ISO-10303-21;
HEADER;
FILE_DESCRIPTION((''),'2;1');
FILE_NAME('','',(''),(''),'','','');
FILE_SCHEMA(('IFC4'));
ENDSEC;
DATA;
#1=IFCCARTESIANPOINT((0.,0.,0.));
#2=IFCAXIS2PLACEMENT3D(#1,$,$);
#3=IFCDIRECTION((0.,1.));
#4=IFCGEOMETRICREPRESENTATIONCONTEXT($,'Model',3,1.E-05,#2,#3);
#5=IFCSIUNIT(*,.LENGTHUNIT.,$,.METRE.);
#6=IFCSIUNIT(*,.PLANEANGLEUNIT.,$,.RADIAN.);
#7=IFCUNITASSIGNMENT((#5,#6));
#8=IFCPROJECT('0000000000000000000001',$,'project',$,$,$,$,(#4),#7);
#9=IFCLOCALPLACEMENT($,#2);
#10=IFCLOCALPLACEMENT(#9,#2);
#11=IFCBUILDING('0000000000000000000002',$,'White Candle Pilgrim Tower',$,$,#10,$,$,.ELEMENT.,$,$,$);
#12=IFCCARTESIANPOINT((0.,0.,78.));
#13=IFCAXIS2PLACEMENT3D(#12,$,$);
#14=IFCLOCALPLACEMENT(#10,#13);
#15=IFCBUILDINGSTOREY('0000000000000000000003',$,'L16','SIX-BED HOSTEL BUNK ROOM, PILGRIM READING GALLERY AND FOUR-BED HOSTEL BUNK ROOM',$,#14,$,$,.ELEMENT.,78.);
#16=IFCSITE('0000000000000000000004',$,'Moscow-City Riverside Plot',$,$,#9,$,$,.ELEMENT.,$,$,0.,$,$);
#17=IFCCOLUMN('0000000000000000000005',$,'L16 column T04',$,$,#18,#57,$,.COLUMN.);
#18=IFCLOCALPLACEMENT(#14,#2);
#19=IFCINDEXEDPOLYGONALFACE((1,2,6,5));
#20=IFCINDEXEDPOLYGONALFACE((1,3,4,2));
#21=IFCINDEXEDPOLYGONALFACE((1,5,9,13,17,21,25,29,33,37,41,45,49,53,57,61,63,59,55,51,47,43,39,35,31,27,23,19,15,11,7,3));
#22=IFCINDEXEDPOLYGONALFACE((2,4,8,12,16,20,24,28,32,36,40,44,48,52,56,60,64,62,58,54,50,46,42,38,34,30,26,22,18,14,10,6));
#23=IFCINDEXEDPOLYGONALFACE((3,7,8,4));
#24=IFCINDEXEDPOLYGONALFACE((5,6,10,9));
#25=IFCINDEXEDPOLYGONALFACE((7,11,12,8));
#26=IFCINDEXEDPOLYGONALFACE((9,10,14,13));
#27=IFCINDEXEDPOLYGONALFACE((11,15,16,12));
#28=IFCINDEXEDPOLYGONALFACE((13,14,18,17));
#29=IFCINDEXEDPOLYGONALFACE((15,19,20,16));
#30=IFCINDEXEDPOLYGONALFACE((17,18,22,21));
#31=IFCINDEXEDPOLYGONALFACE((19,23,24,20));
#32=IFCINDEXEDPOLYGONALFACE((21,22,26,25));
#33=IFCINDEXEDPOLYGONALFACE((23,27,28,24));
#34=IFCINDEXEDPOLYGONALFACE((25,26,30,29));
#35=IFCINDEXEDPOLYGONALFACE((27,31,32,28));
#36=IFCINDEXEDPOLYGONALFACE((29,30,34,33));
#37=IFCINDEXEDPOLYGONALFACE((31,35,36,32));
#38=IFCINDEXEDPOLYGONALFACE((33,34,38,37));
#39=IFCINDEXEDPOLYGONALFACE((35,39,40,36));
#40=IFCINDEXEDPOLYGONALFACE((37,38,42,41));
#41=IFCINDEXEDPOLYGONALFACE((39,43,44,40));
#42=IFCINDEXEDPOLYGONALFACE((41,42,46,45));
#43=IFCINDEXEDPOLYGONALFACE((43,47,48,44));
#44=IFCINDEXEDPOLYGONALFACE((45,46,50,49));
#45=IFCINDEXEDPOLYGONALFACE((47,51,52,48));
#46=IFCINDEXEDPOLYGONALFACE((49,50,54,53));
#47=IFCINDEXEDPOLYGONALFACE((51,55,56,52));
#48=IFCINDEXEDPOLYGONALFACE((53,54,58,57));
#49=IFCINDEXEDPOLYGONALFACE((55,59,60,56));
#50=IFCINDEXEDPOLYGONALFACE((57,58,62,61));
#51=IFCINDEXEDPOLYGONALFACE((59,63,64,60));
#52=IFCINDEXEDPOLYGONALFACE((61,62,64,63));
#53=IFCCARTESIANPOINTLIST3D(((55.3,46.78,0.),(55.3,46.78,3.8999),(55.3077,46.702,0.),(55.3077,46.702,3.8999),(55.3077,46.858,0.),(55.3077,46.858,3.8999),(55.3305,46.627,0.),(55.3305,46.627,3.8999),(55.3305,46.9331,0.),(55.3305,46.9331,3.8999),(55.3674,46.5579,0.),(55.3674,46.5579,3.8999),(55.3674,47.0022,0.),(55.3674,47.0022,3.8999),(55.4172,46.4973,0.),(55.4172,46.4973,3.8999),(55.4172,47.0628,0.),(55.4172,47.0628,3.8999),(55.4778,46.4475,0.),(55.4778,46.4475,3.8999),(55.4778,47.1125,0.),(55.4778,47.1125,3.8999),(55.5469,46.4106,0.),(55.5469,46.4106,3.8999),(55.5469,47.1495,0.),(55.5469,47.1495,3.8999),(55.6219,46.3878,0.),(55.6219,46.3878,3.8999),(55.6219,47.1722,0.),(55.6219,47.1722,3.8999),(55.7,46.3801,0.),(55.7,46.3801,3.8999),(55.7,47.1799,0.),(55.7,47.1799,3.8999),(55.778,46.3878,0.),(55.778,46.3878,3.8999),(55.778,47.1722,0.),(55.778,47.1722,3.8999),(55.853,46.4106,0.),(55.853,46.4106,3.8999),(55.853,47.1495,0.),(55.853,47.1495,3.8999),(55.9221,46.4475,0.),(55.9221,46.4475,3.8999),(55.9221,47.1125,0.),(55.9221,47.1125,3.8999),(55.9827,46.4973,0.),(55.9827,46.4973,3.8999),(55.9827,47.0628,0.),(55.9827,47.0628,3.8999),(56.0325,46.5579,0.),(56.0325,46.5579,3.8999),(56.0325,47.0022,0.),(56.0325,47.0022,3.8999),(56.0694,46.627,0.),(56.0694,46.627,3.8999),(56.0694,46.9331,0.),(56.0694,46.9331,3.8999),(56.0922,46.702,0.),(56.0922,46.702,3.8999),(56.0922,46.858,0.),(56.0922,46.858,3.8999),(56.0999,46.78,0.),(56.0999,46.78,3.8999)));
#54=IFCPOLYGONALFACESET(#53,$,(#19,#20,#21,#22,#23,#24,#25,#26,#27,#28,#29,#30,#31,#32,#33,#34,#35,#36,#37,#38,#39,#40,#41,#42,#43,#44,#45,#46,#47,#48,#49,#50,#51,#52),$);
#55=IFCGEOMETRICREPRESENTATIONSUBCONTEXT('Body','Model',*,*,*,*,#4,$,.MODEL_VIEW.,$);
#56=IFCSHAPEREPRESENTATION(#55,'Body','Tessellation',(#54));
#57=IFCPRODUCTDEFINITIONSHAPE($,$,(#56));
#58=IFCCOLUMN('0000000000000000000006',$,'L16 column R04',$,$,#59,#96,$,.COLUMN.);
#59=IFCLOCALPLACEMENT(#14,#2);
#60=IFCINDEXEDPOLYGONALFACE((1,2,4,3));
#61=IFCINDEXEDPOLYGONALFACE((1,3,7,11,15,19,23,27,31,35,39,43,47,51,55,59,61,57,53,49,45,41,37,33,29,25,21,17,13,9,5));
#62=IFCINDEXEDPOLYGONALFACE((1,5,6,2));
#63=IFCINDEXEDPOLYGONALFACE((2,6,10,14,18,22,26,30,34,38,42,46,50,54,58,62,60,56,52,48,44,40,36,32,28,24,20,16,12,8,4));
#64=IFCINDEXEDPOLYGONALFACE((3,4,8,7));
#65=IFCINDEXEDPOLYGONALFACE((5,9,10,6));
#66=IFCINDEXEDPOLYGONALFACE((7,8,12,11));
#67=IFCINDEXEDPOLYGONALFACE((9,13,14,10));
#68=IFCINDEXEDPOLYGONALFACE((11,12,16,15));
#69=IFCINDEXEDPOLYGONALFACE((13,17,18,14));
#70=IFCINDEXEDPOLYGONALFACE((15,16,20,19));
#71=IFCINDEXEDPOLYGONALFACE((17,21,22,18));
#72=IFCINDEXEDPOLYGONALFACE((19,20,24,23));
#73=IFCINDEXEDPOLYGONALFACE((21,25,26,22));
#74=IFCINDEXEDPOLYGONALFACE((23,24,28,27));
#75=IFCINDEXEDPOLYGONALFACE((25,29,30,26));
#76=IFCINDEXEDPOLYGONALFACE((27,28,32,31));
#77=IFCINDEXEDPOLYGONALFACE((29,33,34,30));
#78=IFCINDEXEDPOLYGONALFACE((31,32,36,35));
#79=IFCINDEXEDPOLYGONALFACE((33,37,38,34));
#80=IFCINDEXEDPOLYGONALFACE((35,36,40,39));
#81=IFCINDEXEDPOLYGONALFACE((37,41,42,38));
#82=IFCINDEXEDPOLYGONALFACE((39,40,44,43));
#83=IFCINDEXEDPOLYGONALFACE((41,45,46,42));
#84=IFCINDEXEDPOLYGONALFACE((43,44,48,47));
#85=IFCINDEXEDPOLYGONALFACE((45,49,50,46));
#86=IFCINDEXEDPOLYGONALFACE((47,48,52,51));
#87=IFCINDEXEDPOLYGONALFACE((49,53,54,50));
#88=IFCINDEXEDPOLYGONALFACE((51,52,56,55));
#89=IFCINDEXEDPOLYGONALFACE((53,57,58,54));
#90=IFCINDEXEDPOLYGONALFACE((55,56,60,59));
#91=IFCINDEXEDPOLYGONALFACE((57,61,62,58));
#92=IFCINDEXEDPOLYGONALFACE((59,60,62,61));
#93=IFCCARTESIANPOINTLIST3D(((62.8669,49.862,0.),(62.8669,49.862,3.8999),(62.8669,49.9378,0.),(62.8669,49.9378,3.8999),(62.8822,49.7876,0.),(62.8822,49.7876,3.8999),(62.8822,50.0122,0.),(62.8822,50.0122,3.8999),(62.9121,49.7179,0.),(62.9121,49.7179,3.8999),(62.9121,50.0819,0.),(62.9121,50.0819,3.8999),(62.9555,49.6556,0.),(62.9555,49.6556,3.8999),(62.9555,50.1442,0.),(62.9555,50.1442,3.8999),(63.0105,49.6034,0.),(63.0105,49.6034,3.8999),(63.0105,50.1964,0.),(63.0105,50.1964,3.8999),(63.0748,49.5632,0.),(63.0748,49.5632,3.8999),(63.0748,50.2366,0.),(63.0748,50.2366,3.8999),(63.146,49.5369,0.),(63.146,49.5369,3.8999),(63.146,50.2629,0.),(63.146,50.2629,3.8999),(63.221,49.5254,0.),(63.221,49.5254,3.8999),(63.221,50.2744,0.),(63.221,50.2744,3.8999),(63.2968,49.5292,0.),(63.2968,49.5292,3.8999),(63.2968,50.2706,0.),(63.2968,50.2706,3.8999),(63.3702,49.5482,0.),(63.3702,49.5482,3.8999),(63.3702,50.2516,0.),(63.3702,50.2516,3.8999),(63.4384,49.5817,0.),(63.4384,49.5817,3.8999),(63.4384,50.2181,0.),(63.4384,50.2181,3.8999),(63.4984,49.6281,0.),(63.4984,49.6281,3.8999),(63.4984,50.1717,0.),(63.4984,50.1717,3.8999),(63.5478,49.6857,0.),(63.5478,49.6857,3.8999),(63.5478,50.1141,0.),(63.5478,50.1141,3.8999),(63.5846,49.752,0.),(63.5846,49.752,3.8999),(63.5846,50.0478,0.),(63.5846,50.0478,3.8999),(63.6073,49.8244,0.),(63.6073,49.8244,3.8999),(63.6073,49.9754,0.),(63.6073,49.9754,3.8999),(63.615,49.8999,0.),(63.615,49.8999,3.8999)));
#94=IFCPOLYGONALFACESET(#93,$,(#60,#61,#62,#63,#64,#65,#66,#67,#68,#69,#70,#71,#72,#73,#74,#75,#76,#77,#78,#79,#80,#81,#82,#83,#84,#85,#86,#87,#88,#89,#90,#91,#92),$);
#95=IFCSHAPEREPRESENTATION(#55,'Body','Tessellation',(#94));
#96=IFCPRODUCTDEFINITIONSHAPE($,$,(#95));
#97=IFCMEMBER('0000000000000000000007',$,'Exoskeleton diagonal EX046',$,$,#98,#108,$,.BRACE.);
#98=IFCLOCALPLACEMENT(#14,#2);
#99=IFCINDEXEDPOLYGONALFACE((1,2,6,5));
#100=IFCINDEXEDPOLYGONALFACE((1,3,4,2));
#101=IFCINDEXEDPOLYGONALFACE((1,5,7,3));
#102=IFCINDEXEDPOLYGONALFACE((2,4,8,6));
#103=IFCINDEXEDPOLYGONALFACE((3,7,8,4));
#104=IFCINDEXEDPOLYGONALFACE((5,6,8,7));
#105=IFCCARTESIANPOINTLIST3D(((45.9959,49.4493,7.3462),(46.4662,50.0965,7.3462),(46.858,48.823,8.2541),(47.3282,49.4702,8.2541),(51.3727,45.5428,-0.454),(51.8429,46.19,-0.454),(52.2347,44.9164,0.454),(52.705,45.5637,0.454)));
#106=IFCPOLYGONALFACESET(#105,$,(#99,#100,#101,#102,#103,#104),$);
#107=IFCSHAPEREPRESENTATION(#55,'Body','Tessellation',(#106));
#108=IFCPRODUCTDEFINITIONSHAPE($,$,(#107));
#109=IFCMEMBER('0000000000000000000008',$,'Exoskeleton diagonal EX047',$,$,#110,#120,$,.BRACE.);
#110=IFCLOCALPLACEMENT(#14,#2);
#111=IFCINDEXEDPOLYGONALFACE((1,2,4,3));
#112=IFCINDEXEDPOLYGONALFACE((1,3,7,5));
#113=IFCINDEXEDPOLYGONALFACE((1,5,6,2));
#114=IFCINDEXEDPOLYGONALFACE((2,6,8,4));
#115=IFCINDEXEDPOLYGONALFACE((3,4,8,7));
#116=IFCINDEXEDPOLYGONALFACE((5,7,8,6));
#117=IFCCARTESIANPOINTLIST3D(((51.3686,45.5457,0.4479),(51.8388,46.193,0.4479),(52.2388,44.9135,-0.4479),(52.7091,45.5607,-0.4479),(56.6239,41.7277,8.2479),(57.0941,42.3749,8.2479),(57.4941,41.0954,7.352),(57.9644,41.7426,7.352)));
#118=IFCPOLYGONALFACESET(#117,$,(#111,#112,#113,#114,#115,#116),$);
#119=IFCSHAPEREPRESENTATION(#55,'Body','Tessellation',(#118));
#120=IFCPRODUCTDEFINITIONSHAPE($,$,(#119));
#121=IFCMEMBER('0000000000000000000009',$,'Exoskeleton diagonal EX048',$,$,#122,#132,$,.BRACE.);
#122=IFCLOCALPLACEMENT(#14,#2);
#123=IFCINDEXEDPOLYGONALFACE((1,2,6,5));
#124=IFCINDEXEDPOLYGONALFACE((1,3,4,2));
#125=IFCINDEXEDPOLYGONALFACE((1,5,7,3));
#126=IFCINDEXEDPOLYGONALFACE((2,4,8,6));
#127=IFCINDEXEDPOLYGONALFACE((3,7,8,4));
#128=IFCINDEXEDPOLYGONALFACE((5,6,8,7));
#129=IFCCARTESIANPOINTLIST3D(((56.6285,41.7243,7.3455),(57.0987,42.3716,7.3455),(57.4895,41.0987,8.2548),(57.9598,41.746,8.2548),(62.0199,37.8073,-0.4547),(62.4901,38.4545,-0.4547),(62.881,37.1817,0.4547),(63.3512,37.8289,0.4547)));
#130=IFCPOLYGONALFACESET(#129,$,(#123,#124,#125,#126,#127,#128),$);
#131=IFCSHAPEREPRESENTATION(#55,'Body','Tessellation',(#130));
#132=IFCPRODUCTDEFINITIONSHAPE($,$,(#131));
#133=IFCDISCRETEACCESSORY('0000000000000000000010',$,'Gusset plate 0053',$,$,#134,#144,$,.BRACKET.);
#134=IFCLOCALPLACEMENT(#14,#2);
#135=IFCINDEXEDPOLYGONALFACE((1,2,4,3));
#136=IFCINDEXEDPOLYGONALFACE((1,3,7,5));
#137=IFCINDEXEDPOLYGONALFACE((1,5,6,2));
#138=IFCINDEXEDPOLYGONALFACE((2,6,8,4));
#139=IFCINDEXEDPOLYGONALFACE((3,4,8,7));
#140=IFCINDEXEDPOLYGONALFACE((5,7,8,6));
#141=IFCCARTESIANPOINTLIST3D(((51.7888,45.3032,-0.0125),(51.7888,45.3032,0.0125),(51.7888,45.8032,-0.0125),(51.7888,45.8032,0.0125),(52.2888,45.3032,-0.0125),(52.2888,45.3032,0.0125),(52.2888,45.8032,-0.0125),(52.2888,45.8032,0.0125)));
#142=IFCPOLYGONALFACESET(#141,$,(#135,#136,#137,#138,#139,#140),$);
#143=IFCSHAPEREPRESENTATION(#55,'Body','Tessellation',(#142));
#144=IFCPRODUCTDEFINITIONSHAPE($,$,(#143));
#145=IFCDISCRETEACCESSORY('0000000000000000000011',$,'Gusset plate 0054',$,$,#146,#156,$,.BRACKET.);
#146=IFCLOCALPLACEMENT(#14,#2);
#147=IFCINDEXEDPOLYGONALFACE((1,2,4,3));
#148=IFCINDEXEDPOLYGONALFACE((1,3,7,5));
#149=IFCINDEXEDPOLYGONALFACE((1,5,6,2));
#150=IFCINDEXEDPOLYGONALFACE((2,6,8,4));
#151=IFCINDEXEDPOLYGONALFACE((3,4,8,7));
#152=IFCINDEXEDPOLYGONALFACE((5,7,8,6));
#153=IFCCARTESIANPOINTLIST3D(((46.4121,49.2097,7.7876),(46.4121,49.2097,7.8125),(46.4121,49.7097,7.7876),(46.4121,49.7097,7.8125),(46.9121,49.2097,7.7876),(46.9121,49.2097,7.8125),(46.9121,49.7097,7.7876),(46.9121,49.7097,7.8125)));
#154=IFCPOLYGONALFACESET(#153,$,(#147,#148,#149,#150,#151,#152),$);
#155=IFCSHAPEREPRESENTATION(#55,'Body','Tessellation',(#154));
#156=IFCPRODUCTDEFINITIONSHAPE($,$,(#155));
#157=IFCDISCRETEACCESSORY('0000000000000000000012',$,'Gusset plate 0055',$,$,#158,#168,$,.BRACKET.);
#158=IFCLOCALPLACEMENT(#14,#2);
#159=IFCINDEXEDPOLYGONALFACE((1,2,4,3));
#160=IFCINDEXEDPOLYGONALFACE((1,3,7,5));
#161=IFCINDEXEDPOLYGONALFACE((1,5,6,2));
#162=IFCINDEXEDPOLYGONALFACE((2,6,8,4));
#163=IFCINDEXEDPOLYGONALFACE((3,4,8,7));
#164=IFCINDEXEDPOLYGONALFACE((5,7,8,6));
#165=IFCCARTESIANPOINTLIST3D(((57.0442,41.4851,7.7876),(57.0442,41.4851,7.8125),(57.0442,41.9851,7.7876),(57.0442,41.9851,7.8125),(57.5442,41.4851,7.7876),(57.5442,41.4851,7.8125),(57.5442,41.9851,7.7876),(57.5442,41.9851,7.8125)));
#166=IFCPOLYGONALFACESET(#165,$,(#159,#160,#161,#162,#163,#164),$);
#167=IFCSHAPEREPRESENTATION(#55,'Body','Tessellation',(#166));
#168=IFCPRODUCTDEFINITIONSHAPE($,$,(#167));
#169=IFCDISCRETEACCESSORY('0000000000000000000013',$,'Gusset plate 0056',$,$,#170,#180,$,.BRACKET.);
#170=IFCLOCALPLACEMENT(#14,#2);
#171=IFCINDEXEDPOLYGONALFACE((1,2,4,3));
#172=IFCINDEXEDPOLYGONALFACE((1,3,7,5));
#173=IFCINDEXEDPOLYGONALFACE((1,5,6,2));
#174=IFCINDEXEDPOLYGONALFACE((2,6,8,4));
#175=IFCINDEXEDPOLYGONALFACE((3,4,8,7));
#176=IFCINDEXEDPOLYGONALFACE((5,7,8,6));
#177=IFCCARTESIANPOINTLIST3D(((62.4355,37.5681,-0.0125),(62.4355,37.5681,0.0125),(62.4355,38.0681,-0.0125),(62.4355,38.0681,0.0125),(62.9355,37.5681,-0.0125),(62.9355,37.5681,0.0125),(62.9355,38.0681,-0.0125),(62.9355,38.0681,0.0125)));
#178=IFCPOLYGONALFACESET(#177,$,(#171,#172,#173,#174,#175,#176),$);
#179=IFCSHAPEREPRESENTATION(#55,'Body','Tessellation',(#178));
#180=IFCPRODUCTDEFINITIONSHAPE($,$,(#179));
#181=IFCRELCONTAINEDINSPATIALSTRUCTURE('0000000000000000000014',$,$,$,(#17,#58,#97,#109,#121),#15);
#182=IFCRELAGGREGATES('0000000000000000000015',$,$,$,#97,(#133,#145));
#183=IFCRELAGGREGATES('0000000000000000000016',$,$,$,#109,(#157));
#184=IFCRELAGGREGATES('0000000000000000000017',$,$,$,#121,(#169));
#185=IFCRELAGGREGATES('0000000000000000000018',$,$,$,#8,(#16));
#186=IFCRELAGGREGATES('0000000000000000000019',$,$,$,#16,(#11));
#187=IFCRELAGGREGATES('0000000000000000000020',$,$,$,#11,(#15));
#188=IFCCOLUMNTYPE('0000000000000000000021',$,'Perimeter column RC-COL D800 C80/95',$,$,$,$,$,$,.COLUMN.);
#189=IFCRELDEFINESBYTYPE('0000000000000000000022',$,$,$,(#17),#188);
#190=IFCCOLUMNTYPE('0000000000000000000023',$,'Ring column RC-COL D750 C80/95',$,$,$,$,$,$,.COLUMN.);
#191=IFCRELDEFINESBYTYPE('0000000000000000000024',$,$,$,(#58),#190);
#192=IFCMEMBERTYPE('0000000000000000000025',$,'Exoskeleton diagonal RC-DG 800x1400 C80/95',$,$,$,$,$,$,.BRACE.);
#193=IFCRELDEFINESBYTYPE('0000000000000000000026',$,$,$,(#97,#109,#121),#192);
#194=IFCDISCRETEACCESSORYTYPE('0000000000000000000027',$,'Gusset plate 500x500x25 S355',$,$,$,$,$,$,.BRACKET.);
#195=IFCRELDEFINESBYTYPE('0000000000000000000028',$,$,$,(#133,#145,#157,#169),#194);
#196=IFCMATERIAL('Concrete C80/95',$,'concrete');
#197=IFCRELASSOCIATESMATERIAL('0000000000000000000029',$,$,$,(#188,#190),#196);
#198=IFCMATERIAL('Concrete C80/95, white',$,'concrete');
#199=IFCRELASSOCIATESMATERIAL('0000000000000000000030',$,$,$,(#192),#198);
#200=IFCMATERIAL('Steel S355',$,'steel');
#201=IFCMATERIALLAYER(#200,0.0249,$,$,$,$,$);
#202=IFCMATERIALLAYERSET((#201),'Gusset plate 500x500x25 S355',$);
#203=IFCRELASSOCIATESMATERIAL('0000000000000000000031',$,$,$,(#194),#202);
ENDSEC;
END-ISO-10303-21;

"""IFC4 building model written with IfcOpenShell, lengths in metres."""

from ifc_helpers import new_model, si_unit, direction, frame, origin, origin_2d, place, context, subcontext, project, spatial, rectangle, circle, extrude, material, layer, layer_set, material_profile, profile_set, type_object, element, aggregate, save


model = new_model("IFC4")

# Units and contexts
model_context = context("Model", 3, precision=1e-05, world=origin(), true_north=direction((0.0, 1.0)))
body_context = subcontext(model_context, "Body", "Model", "MODEL_VIEW")
ifc_project = project(units=[si_unit("LENGTHUNIT", "METRE"), si_unit("PLANEANGLEUNIT", "RADIAN")], contexts=[model_context])

# Site, building, storey
site_placement = place(None, origin())
site = spatial("IfcSite", under=ifc_project, at=site_placement, Name="Moscow-City Riverside Plot", CompositionType="ELEMENT", RefElevation=0.0)
building_placement = place(site_placement, origin())
building = spatial("IfcBuilding", under=site, at=building_placement, Name="White Candle Pilgrim Tower", CompositionType="ELEMENT")
storey_placement = place(building_placement, frame((0.0, 0.0, 78.0)))
storey = spatial("IfcBuildingStorey", under=building, at=storey_placement, Name="L16", Description="SIX-BED HOSTEL BUNK ROOM, PILGRIM READING GALLERY AND FOUR-BED HOSTEL BUNK ROOM", CompositionType="ELEMENT", Elevation=78.0)

# Columns
ifc_material_1 = material(Name="Concrete C80/95", Category="concrete")
ifc_material_profile_1 = material_profile(ifc_material_1, circle(Radius=0.3999, at=origin_2d()), Name="RC-COL D800")
ifc_profile_set_1 = profile_set([ifc_material_profile_1], Name="Concrete C80/95")
column_type_1 = type_object("IfcColumnType", Name="Perimeter column RC-COL D800 C80/95", PredefinedType="COLUMN", material=ifc_profile_set_1)
column_1_placement = place(storey_placement, frame((55.7, 46.78, 0.0), z_axis=(0.0, 0.0, 1.0), x_axis=(1.0, 0.0, 0.0)))
element("IfcColumn", 1, at=column_1_placement, inside=storey, type_object=column_type_1, Name="L16 column T04", PredefinedType="COLUMN", context=body_context, shape_type="SweptSolid", body=[
    extrude(circle(Radius=0.3999, at=origin_2d()), origin(), (0.0, 0.0, 1.0), 3.8999),
])
ifc_material_profile_2 = material_profile(ifc_material_1, circle(Radius=0.375, at=origin_2d()), Name="RC-COL D750")
ifc_profile_set_2 = profile_set([ifc_material_profile_2], Name="Concrete C80/95")
column_type_2 = type_object("IfcColumnType", Name="Ring column RC-COL D750 C80/95", PredefinedType="COLUMN", material=ifc_profile_set_2)
column_2_placement = place(storey_placement, frame((63.24, 49.8999, 0.0), z_axis=(0.0, 0.0, 1.0), x_axis=(1.0, 0.0, 0.0)))
element("IfcColumn", 2, at=column_2_placement, inside=storey, type_object=column_type_2, Name="L16 column R04", PredefinedType="COLUMN", context=body_context, shape_type="SweptSolid", body=[
    extrude(circle(Radius=0.375, at=origin_2d()), origin(), (0.0, 0.0, 1.0), 3.8999),
])

# Members
ifc_material_2 = material(Name="Concrete C80/95, white", Category="concrete")
ifc_material_profile_3 = material_profile(ifc_material_2, rectangle(XDim=0.8, YDim=1.3999, at=origin_2d()), Name="RC-DG 800x1400")
ifc_profile_set_3 = profile_set([ifc_material_profile_3], Name="Concrete C80/95, white")
member_type_1 = type_object("IfcMemberType", Name="Exoskeleton diagonal RC-DG 800x1400 C80/95", PredefinedType="BRACE", material=ifc_profile_set_3)
member_1_placement = place(storey_placement, frame((52.0388, 45.5532, 0.0), z_axis=(-0.524687, 0.381216, 0.761169), x_axis=(-0.587794, -0.809011, 0.0)))
member_1 = element("IfcMember", 3, at=member_1_placement, inside=storey, type_object=member_type_1, Name="Exoskeleton diagonal EX046", PredefinedType="BRACE", context=body_context, shape_type="SweptSolid", body=[
    extrude(rectangle(XDim=0.8, YDim=1.3999, at=origin_2d()), origin(), (0.0, 0.0, 1.0), 10.2476),
])
member_2_placement = place(storey_placement, frame((52.0388, 45.5532, 0.0), z_axis=(0.517732, -0.376141, 0.768421), x_axis=(0.587772, 0.809027, 0.0)))
member_2 = element("IfcMember", 4, at=member_2_placement, inside=storey, type_object=member_type_1, Name="Exoskeleton diagonal EX047", PredefinedType="BRACE", context=body_context, shape_type="SweptSolid", body=[
    extrude(rectangle(XDim=0.8, YDim=1.3999, at=origin_2d()), origin(), (0.0, 0.0, 1.0), 10.1506),
])
member_3_placement = place(storey_placement, frame((62.6855, 37.8181, 0.0), z_axis=(-0.525517, 0.381804, 0.760301), x_axis=(-0.58778, -0.809021, 0.0)))
member_3 = element("IfcMember", 5, at=member_3_placement, inside=storey, type_object=member_type_1, Name="Exoskeleton diagonal EX048", PredefinedType="BRACE", context=body_context, shape_type="SweptSolid", body=[
    extrude(rectangle(XDim=0.8, YDim=1.3999, at=origin_2d()), origin(), (0.0, 0.0, 1.0), 10.2593),
])

# Discrete accessories
ifc_material_3 = material(Name="Steel S355", Category="steel")
ifc_layer_1 = layer(ifc_material_3, 0.0249)
ifc_layer_set_1 = layer_set([ifc_layer_1], Name="Gusset plate 500x500x25 S355")
discrete_accessory_type = type_object("IfcDiscreteAccessoryType", Name="Gusset plate 500x500x25 S355", PredefinedType="BRACKET", material=ifc_layer_set_1)
discrete_accessory_1_placement = place(storey_placement, frame((52.0388, 45.5532, -0.0125), z_axis=(0.0, 0.0, 1.0), x_axis=(1.0, 0.0, 0.0)))
discrete_accessory_1 = element("IfcDiscreteAccessory", 6, at=discrete_accessory_1_placement, type_object=discrete_accessory_type, Name="Gusset plate 0053", PredefinedType="BRACKET", context=body_context, shape_type="SweptSolid", body=[
    extrude(rectangle(XDim=0.5, YDim=0.5, at=origin_2d()), origin(), (0.0, 0.0, 1.0), 0.0249),
])
placement = place(building_placement, frame((0.0, 0.0, 85.8)))
discrete_accessory_2_placement = place(placement, frame((46.6621, 49.4597, -0.0125), z_axis=(0.0, 0.0, 1.0), x_axis=(1.0, 0.0, 0.0)))
discrete_accessory_2 = element("IfcDiscreteAccessory", 7, at=discrete_accessory_2_placement, type_object=discrete_accessory_type, Name="Gusset plate 0054", PredefinedType="BRACKET", context=body_context, shape_type="SweptSolid", body=[
    extrude(rectangle(XDim=0.5, YDim=0.5, at=origin_2d()), origin(), (0.0, 0.0, 1.0), 0.0249),
])
aggregate(member_1, [discrete_accessory_1, discrete_accessory_2])
discrete_accessory_3_placement = place(placement, frame((57.2942, 41.7351, -0.0125), z_axis=(0.0, 0.0, 1.0), x_axis=(1.0, 0.0, 0.0)))
discrete_accessory_3 = element("IfcDiscreteAccessory", 8, at=discrete_accessory_3_placement, type_object=discrete_accessory_type, Name="Gusset plate 0055", PredefinedType="BRACKET", context=body_context, shape_type="SweptSolid", body=[
    extrude(rectangle(XDim=0.5, YDim=0.5, at=origin_2d()), origin(), (0.0, 0.0, 1.0), 0.0249),
])
aggregate(member_2, [discrete_accessory_3])
discrete_accessory_4_placement = place(storey_placement, frame((62.6855, 37.8181, -0.0125), z_axis=(0.0, 0.0, 1.0), x_axis=(1.0, 0.0, 0.0)))
discrete_accessory_4 = element("IfcDiscreteAccessory", 9, at=discrete_accessory_4_placement, type_object=discrete_accessory_type, Name="Gusset plate 0056", PredefinedType="BRACKET", context=body_context, shape_type="SweptSolid", body=[
    extrude(rectangle(XDim=0.5, YDim=0.5, at=origin_2d()), origin(), (0.0, 0.0, 1.0), 0.0249),
])
aggregate(member_3, [discrete_accessory_4])

save(model, "model.ifc")
